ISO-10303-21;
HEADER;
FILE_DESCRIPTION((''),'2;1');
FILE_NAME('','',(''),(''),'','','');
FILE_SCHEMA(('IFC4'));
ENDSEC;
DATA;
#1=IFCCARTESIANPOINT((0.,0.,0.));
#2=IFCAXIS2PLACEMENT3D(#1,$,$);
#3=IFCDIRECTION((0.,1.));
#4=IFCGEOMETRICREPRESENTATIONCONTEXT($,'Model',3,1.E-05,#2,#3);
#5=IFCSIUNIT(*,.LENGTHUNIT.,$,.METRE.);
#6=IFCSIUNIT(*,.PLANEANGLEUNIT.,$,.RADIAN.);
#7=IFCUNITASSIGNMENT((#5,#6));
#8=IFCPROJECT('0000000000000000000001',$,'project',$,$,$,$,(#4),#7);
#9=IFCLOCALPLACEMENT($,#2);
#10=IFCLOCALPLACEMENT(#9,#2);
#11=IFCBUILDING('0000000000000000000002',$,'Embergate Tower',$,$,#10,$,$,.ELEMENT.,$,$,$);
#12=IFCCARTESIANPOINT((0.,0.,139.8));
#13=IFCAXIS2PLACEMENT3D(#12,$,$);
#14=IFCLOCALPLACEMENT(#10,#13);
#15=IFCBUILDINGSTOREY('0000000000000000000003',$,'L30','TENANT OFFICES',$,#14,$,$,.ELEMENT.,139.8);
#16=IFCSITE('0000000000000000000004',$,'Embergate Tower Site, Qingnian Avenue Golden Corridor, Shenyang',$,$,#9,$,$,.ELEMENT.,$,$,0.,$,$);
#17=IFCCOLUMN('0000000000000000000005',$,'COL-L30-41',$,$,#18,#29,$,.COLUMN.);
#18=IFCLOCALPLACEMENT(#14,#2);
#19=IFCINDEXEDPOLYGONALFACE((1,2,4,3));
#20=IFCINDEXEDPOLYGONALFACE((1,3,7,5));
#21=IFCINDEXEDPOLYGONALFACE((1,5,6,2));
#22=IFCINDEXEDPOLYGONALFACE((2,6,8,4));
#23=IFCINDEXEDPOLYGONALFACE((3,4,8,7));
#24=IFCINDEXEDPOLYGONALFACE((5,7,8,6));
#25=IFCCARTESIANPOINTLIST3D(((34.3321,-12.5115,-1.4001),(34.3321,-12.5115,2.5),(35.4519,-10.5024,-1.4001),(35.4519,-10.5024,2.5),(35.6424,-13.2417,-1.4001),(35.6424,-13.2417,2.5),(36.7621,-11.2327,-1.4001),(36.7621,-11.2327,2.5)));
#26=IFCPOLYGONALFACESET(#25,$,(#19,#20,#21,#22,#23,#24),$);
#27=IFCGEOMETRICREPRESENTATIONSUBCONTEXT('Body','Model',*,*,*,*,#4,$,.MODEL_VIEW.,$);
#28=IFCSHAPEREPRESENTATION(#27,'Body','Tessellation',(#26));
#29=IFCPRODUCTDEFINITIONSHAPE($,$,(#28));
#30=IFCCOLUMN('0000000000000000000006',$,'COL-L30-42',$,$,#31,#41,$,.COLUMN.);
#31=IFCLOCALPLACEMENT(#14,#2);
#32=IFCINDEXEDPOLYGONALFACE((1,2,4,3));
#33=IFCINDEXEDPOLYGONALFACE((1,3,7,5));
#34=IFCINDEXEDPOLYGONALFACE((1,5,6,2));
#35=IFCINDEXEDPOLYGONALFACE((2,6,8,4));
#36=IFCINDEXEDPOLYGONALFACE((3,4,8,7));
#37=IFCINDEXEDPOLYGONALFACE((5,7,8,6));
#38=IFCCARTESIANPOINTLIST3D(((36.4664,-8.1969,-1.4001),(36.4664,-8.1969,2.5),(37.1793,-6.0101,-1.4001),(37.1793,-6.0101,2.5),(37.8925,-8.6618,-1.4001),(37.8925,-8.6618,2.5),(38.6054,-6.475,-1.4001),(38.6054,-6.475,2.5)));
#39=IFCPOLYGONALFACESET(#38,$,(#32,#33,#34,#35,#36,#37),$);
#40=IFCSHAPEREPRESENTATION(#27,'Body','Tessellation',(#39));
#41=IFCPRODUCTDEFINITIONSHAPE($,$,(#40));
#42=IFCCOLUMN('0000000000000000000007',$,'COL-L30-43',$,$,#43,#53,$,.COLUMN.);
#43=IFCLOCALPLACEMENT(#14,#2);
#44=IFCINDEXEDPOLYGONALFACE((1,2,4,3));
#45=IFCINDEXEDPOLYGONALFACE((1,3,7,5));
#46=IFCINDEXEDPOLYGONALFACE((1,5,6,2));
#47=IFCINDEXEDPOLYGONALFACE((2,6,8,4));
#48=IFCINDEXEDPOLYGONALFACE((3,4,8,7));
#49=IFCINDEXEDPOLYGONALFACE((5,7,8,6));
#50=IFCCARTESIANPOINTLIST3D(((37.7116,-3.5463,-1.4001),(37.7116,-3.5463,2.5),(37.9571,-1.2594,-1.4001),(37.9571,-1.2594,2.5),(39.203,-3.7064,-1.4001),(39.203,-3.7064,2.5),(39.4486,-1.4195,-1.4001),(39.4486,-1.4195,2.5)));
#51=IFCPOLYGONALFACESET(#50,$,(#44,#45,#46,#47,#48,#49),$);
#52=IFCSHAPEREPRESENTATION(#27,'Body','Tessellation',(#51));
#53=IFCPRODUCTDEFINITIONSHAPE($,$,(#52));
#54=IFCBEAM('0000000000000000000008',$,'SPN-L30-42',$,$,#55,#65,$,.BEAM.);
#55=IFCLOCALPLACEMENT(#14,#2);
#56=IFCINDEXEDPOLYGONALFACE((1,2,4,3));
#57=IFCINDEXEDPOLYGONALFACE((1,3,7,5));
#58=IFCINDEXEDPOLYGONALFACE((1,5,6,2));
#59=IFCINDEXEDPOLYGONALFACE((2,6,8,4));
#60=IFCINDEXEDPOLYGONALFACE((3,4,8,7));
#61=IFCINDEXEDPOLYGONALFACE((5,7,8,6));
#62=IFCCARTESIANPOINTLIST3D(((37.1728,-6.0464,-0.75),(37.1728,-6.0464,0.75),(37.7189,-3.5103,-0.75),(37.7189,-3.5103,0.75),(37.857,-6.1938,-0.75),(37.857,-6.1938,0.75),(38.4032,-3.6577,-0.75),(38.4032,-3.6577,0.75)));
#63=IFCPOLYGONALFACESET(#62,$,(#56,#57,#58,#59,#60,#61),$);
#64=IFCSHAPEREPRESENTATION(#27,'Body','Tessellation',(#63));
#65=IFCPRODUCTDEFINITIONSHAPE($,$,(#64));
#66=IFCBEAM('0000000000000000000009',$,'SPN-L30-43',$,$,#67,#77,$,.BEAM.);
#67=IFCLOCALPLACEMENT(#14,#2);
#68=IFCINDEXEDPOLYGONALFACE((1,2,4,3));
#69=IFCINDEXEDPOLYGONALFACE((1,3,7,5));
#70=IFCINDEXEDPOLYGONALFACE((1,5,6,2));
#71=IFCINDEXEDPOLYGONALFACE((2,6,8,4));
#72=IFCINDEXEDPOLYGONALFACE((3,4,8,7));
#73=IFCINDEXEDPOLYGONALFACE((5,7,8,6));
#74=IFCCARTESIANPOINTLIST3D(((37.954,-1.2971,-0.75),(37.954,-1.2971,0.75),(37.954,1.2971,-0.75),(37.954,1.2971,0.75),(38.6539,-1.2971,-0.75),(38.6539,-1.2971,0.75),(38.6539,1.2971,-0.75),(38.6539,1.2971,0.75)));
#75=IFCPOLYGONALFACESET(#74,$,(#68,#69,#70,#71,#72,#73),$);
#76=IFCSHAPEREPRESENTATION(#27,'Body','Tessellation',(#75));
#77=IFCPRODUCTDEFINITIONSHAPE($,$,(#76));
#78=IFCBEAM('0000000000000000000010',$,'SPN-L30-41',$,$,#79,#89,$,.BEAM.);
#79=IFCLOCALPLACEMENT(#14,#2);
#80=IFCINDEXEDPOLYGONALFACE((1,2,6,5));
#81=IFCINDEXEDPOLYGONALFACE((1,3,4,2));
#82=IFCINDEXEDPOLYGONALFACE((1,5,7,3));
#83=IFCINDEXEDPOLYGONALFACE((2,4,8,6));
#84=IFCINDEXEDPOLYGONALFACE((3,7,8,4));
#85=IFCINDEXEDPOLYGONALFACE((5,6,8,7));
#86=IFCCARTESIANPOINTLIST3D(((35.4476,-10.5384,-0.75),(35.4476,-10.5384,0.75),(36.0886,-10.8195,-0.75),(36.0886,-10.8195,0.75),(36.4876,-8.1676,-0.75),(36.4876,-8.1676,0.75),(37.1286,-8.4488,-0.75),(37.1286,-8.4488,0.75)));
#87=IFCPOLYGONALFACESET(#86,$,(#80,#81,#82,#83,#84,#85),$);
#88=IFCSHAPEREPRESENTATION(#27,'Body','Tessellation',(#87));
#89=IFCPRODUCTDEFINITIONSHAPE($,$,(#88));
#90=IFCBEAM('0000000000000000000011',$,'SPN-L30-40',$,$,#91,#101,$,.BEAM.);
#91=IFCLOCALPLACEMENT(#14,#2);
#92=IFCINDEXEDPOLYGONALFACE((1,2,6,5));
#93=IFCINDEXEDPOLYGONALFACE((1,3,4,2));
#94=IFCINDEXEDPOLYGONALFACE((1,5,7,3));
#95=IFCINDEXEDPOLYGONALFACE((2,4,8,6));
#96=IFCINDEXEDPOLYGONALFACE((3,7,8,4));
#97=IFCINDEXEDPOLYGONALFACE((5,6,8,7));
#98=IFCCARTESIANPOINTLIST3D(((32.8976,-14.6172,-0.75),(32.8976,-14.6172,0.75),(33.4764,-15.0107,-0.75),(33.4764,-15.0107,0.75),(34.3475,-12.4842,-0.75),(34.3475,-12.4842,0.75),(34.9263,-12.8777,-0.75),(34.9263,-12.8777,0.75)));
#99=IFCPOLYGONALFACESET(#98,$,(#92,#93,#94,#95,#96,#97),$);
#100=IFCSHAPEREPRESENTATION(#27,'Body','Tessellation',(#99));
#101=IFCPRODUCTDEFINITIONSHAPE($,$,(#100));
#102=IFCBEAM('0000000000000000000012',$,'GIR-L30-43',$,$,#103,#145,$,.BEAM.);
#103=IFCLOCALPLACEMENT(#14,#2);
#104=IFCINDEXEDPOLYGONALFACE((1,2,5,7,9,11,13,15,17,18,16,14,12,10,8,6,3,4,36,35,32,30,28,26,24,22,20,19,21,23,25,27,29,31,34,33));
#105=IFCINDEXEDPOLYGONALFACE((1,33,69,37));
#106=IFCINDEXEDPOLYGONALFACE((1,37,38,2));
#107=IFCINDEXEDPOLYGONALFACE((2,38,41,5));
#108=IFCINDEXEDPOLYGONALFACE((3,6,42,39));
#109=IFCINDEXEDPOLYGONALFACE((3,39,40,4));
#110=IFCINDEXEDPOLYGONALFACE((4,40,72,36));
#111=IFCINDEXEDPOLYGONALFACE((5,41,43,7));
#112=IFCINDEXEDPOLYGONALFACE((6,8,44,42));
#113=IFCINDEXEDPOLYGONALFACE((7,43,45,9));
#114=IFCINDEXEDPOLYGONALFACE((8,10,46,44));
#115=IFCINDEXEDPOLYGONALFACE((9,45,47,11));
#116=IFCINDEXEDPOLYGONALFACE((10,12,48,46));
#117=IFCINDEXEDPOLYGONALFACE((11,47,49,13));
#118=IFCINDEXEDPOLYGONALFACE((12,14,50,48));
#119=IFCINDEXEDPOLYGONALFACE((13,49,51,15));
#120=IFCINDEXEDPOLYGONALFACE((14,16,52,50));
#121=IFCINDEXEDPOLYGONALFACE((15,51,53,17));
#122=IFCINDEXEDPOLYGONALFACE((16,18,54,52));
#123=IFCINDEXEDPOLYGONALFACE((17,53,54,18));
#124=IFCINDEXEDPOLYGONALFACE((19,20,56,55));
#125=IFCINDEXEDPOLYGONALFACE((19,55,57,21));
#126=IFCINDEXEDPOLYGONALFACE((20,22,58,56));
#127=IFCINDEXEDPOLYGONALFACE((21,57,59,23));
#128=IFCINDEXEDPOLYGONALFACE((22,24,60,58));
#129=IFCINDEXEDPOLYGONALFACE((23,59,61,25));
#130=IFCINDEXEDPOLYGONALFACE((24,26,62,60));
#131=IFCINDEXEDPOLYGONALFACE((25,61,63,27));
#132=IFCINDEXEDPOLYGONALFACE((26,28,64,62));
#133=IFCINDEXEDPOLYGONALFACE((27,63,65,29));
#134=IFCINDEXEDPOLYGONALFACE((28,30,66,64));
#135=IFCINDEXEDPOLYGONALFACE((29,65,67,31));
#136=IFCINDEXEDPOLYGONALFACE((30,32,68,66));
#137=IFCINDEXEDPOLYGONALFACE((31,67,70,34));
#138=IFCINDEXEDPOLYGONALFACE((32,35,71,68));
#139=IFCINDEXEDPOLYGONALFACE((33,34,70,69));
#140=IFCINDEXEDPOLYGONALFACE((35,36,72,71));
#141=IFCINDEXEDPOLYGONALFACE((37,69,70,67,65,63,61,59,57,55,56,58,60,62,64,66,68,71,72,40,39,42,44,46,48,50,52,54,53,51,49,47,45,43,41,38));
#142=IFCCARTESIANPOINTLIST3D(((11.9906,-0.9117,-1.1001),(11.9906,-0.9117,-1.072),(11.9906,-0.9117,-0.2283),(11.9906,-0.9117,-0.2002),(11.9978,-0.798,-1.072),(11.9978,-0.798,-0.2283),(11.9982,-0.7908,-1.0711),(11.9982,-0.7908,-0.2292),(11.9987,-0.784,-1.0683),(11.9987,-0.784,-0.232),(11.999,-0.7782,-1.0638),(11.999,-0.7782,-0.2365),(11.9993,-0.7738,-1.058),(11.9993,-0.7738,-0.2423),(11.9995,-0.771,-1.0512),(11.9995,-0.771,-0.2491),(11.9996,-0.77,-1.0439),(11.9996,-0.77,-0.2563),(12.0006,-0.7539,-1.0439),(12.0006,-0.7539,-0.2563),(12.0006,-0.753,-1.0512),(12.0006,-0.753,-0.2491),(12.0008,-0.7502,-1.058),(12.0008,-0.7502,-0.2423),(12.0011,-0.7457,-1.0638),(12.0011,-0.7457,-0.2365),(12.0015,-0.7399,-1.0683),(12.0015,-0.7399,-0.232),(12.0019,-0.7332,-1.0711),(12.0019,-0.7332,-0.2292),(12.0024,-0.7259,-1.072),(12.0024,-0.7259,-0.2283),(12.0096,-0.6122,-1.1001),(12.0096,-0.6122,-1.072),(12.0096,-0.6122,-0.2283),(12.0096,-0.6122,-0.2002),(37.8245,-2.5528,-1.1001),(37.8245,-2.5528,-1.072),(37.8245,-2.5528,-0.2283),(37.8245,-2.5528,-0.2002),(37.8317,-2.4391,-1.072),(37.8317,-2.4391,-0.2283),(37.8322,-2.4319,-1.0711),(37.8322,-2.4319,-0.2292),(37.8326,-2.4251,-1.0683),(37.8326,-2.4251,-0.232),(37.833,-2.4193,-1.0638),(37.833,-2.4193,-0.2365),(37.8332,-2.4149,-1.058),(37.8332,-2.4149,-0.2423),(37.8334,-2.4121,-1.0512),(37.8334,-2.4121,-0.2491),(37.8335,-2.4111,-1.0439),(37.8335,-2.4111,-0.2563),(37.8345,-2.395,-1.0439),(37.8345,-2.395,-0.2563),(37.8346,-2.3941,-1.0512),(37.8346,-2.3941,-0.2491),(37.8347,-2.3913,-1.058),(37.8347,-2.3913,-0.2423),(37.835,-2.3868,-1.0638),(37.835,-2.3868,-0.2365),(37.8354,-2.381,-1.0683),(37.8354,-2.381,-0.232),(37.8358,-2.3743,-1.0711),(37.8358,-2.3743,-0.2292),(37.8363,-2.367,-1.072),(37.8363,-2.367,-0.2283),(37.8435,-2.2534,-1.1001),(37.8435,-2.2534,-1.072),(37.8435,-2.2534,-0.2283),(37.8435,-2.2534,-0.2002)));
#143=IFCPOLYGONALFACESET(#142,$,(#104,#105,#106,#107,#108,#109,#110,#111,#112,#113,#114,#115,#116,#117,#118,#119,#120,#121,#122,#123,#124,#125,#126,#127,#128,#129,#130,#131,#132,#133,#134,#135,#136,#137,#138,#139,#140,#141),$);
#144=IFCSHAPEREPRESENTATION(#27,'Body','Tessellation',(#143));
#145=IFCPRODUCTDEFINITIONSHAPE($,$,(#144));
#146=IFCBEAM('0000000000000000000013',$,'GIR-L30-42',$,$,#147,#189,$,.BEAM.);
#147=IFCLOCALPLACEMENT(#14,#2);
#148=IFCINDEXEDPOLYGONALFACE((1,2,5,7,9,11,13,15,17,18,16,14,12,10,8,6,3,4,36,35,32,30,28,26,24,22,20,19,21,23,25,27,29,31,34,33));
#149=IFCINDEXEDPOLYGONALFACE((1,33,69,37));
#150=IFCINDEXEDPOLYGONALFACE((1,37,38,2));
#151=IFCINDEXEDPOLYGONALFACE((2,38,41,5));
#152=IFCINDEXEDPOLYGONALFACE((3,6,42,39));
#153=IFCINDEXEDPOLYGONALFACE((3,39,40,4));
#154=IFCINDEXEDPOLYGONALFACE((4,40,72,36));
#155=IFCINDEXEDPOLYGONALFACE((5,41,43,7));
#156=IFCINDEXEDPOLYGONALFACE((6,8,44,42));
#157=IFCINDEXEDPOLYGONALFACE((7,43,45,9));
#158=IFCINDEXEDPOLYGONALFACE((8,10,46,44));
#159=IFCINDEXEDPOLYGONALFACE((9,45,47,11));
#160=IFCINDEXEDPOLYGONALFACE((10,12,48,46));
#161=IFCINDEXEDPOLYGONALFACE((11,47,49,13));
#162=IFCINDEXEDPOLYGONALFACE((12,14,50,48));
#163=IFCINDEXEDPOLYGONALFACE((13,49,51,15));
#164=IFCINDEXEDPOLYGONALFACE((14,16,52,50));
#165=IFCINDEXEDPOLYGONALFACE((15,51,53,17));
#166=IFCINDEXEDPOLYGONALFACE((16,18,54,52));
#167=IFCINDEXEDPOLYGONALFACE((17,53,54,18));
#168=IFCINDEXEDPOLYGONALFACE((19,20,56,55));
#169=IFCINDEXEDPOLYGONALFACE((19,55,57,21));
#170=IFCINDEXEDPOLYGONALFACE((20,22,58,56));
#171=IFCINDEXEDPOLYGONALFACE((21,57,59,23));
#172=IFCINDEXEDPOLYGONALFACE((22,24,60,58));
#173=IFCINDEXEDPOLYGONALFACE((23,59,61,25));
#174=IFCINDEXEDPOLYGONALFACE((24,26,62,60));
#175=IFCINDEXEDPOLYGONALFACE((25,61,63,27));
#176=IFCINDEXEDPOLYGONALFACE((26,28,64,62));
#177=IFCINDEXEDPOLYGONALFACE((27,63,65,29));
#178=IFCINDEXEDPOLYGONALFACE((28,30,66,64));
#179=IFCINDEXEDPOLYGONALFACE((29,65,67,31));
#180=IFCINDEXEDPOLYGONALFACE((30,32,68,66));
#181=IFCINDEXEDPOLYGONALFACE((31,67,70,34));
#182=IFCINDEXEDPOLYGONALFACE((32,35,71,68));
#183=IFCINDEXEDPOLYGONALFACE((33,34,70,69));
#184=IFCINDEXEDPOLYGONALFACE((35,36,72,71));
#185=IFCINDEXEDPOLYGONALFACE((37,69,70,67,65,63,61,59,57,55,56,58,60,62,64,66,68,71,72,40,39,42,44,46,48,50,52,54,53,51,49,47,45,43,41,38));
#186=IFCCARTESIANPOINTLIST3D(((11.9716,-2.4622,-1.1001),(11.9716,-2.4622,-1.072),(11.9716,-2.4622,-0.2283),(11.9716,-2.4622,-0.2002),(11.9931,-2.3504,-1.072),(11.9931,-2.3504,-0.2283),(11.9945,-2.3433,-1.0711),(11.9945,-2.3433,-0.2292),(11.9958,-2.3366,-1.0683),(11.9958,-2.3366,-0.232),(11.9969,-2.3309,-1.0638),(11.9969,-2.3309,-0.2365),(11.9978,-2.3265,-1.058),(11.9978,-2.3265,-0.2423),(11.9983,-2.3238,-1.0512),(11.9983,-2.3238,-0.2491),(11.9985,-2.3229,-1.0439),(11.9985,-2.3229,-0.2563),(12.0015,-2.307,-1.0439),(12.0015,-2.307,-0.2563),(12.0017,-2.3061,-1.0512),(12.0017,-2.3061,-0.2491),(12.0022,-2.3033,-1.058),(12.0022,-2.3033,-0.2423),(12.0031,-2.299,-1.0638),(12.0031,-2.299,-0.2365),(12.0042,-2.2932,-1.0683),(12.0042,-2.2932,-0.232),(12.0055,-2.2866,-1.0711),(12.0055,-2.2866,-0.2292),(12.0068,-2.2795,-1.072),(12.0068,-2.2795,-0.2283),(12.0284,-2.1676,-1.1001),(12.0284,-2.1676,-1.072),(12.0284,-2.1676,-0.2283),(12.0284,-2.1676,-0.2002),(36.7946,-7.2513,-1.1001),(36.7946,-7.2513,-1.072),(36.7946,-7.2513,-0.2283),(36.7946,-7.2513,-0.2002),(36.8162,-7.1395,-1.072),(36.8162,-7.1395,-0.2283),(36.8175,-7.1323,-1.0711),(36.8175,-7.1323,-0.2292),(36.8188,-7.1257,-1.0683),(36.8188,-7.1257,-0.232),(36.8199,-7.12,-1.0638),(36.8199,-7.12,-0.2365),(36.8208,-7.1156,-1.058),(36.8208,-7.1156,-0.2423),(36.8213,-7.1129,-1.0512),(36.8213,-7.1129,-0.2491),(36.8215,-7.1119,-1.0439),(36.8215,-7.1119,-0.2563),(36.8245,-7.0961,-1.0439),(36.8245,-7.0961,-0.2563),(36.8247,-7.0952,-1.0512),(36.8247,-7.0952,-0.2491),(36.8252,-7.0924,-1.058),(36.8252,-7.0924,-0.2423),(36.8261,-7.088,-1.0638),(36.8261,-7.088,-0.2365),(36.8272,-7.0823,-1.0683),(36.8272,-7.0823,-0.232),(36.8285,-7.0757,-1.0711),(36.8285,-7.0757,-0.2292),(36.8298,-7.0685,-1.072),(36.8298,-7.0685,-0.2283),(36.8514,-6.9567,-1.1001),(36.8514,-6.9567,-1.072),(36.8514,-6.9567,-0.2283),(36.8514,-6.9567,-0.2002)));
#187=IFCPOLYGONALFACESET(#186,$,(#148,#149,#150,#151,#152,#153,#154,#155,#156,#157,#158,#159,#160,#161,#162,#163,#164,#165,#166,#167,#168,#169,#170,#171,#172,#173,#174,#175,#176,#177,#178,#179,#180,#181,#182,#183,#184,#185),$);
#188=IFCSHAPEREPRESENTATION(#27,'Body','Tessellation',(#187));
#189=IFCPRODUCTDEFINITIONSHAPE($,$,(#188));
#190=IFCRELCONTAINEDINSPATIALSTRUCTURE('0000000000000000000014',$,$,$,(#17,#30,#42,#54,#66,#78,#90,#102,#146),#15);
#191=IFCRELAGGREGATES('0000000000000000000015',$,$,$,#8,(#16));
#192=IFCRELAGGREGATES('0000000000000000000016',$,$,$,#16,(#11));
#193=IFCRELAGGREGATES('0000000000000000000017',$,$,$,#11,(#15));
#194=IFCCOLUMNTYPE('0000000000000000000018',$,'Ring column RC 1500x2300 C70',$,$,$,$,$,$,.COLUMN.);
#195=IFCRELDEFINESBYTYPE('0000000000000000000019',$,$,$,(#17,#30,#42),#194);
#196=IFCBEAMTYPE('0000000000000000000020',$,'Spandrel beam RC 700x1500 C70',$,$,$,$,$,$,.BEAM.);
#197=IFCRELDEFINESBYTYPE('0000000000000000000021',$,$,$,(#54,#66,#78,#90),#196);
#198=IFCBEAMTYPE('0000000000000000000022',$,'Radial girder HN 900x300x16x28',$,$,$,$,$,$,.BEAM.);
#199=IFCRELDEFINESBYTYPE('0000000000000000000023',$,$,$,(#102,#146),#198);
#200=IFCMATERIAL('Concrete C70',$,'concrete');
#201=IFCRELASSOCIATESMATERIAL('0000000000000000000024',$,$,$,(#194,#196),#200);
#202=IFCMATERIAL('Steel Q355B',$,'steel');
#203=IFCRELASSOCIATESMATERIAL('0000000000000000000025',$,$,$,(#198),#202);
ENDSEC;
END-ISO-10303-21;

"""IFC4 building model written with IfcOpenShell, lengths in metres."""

from ifc_helpers import new_model, si_unit, direction, frame, origin, origin_2d, place, context, subcontext, project, spatial, rectangle, i_section, extrude, source, transform, mapped, material, material_profile, profile_set, type_object, element, save


model = new_model("IFC4")

# Units and contexts
model_context = context("Model", 3, precision=1e-05, world=origin(), true_north=direction((0.0, 1.0)))
body_context = subcontext(model_context, "Body", "Model", "MODEL_VIEW")
ifc_project = project(units=[si_unit("LENGTHUNIT", "METRE"), si_unit("PLANEANGLEUNIT", "RADIAN")], contexts=[model_context])

# Site, building, storey
site_placement = place(None, origin())
site = spatial("IfcSite", under=ifc_project, at=site_placement, Name="Embergate Tower Site, Qingnian Avenue Golden Corridor, Shenyang", CompositionType="ELEMENT", RefElevation=0.0)
building_placement = place(site_placement, origin())
building = spatial("IfcBuilding", under=site, at=building_placement, Name="Embergate Tower", CompositionType="ELEMENT")
storey_placement = place(building_placement, frame((0.0, 0.0, 139.8)))
storey = spatial("IfcBuildingStorey", under=building, at=storey_placement, Name="L30", Description="TENANT OFFICES", CompositionType="ELEMENT", Elevation=139.8)

# Columns
ifc_material_1 = material(Name="Concrete C70", Category="concrete")
ifc_material_profile_1 = material_profile(ifc_material_1, rectangle(XDim=1.5, YDim=2.3, at=origin_2d()), Name="RC 1500x2300")
ifc_profile_set_1 = profile_set([ifc_material_profile_1], Name="Concrete C70")
column_type = type_object("IfcColumnType", Name="Ring column RC 1500x2300 C70", PredefinedType="COLUMN", material=ifc_profile_set_1)
shared_shape_1 = source(origin(), body_context, "Body", "SweptSolid", [
    extrude(rectangle(XDim=1.5, YDim=2.3, at=origin_2d()), origin(), (0.0, 0.0, 1.0), 3.9001),
])
for number, where, z_axis, x_axis, name in (
    (1, (35.5471, -11.8721, -1.4001), (0.0, 0.0, 1.0), (0.873492, -0.486839, 0.0), "COL-L30-41"),
    (2, (37.5359, -7.3359, -1.4001), (0.0, 0.0, 1.0), (0.950754, -0.309946, 0.0), "COL-L30-42"),
    (3, (38.5801, -2.4829, -1.4001), (0.0, 0.0, 1.0), (0.994286, -0.10675, 0.0), "COL-L30-43"),
):
    element("IfcColumn", number, at=place(storey_placement, frame(where, z_axis=z_axis, x_axis=x_axis)), inside=storey, type_object=column_type, Name=name, PredefinedType="COLUMN", context=body_context, shape_type="MappedRepresentation", body=[
        mapped(shared_shape_1, transform((0.0, 0.0, 0.0))),
    ])

# Beams
ifc_material_profile_2 = material_profile(ifc_material_1, rectangle(XDim=0.7, YDim=1.5, at=origin_2d()), Name="RC 700x1500")
ifc_profile_set_2 = profile_set([ifc_material_profile_2], Name="Concrete C70")
beam_type_1 = type_object("IfcBeamType", Name="Spandrel beam RC 700x1500 C70", PredefinedType="BEAM", material=ifc_profile_set_2)
shared_shape_2 = source(origin(), body_context, "Body", "SweptSolid", [
    extrude(rectangle(XDim=0.7, YDim=1.5, at=origin_2d()), origin(), (0.0, 0.0, 1.0), 2.5942),
])
for number, where, z_axis, x_axis, name in (
    (4, (37.5149, -6.1201, 0.0), (0.210519, 0.97759, 0.0), (-0.97759, 0.210519, 0.0), "SPN-L30-42"),
    (5, (38.304, -1.2971, 0.0), (0.0, 1.0, 0.0), (-1.0, 0.0, 0.0), "SPN-L30-43"),
):
    element("IfcBeam", number, at=place(storey_placement, frame(where, z_axis=z_axis, x_axis=x_axis)), inside=storey, type_object=beam_type_1, Name=name, PredefinedType="BEAM", context=body_context, shape_type="MappedRepresentation", body=[
        mapped(shared_shape_2, transform((0.0, 0.0, 0.0))),
    ])
shared_shape_3 = source(origin(), body_context, "Body", "SweptSolid", [
    extrude(rectangle(XDim=0.7, YDim=1.5, at=origin_2d()), origin(), (0.0, 0.0, 1.0), 2.5889),
])
beam_1_placement = place(storey_placement, frame((35.7681, -10.679, 0.0), z_axis=(0.401724, 0.915761, 0.0), x_axis=(-0.915761, 0.401724, 0.0)))
element("IfcBeam", 6, at=beam_1_placement, inside=storey, type_object=beam_type_1, Name="SPN-L30-41", PredefinedType="BEAM", context=body_context, shape_type="MappedRepresentation", body=[
    mapped(shared_shape_3, transform((0.0, 0.0, 0.0))),
])
shared_shape_4 = source(origin(), body_context, "Body", "SweptSolid", [
    extrude(rectangle(XDim=0.7, YDim=1.5, at=origin_2d()), origin(), (0.0, 0.0, 1.0), 2.5791),
])
beam_2_placement = place(storey_placement, frame((33.187, -14.814, 0.0), z_axis=(0.56217, 0.827022, 0.0), x_axis=(-0.827022, 0.56217, 0.0)))
element("IfcBeam", 7, at=beam_2_placement, inside=storey, type_object=beam_type_1, Name="SPN-L30-40", PredefinedType="BEAM", context=body_context, shape_type="MappedRepresentation", body=[
    mapped(shared_shape_4, transform((0.0, 0.0, 0.0))),
])
ifc_material_2 = material(Name="Steel Q355B", Category="steel")
ifc_material_profile_3 = material_profile(ifc_material_2, i_section(OverallWidth=0.3, OverallDepth=0.8999, WebThickness=0.0161, FlangeThickness=0.0281, FilletRadius=0.0281, at=origin_2d()), Name="HN 900x300x16x28")
ifc_profile_set_3 = profile_set([ifc_material_profile_3], Name="Steel Q355 grade B")
beam_type_2 = type_object("IfcBeamType", Name="Radial girder HN 900x300x16x28", PredefinedType="BEAM", material=ifc_profile_set_3)
shared_shape_5 = source(origin(), body_context, "Body", "SweptSolid", [
    extrude(i_section(OverallWidth=0.3, OverallDepth=0.8999, WebThickness=0.0161, FlangeThickness=0.0281, FilletRadius=0.0281, at=origin_2d()), origin(), (0.0, 0.0, 1.0), 25.886),
])
beam_3_placement = place(storey_placement, frame((37.834, -2.4031, -0.6501), z_axis=(-0.997988, 0.063398, 0.0), x_axis=(-0.063398, -0.997988, 0.0)))
element("IfcBeam", 8, at=beam_3_placement, inside=storey, type_object=beam_type_2, Name="GIR-L30-43", PredefinedType="BEAM", context=body_context, shape_type="MappedRepresentation", body=[
    mapped(shared_shape_5, transform((0.0, 0.0, 0.0))),
])
shared_shape_6 = source(origin(), body_context, "Body", "SweptSolid", [
    extrude(i_section(OverallWidth=0.3, OverallDepth=0.8999, WebThickness=0.0161, FlangeThickness=0.0281, FilletRadius=0.0281, at=origin_2d()), origin(), (0.0, 0.0, 1.0), 25.2808),
])
beam_4_placement = place(storey_placement, frame((36.823, -7.104, -0.6501), z_axis=(-0.981893, 0.189435, 0.0), x_axis=(-0.189435, -0.981893, 0.0)))
element("IfcBeam", 9, at=beam_4_placement, inside=storey, type_object=beam_type_2, Name="GIR-L30-42", PredefinedType="BEAM", context=body_context, shape_type="MappedRepresentation", body=[
    mapped(shared_shape_6, transform((0.0, 0.0, 0.0))),
])

save(model, "model.ifc")
